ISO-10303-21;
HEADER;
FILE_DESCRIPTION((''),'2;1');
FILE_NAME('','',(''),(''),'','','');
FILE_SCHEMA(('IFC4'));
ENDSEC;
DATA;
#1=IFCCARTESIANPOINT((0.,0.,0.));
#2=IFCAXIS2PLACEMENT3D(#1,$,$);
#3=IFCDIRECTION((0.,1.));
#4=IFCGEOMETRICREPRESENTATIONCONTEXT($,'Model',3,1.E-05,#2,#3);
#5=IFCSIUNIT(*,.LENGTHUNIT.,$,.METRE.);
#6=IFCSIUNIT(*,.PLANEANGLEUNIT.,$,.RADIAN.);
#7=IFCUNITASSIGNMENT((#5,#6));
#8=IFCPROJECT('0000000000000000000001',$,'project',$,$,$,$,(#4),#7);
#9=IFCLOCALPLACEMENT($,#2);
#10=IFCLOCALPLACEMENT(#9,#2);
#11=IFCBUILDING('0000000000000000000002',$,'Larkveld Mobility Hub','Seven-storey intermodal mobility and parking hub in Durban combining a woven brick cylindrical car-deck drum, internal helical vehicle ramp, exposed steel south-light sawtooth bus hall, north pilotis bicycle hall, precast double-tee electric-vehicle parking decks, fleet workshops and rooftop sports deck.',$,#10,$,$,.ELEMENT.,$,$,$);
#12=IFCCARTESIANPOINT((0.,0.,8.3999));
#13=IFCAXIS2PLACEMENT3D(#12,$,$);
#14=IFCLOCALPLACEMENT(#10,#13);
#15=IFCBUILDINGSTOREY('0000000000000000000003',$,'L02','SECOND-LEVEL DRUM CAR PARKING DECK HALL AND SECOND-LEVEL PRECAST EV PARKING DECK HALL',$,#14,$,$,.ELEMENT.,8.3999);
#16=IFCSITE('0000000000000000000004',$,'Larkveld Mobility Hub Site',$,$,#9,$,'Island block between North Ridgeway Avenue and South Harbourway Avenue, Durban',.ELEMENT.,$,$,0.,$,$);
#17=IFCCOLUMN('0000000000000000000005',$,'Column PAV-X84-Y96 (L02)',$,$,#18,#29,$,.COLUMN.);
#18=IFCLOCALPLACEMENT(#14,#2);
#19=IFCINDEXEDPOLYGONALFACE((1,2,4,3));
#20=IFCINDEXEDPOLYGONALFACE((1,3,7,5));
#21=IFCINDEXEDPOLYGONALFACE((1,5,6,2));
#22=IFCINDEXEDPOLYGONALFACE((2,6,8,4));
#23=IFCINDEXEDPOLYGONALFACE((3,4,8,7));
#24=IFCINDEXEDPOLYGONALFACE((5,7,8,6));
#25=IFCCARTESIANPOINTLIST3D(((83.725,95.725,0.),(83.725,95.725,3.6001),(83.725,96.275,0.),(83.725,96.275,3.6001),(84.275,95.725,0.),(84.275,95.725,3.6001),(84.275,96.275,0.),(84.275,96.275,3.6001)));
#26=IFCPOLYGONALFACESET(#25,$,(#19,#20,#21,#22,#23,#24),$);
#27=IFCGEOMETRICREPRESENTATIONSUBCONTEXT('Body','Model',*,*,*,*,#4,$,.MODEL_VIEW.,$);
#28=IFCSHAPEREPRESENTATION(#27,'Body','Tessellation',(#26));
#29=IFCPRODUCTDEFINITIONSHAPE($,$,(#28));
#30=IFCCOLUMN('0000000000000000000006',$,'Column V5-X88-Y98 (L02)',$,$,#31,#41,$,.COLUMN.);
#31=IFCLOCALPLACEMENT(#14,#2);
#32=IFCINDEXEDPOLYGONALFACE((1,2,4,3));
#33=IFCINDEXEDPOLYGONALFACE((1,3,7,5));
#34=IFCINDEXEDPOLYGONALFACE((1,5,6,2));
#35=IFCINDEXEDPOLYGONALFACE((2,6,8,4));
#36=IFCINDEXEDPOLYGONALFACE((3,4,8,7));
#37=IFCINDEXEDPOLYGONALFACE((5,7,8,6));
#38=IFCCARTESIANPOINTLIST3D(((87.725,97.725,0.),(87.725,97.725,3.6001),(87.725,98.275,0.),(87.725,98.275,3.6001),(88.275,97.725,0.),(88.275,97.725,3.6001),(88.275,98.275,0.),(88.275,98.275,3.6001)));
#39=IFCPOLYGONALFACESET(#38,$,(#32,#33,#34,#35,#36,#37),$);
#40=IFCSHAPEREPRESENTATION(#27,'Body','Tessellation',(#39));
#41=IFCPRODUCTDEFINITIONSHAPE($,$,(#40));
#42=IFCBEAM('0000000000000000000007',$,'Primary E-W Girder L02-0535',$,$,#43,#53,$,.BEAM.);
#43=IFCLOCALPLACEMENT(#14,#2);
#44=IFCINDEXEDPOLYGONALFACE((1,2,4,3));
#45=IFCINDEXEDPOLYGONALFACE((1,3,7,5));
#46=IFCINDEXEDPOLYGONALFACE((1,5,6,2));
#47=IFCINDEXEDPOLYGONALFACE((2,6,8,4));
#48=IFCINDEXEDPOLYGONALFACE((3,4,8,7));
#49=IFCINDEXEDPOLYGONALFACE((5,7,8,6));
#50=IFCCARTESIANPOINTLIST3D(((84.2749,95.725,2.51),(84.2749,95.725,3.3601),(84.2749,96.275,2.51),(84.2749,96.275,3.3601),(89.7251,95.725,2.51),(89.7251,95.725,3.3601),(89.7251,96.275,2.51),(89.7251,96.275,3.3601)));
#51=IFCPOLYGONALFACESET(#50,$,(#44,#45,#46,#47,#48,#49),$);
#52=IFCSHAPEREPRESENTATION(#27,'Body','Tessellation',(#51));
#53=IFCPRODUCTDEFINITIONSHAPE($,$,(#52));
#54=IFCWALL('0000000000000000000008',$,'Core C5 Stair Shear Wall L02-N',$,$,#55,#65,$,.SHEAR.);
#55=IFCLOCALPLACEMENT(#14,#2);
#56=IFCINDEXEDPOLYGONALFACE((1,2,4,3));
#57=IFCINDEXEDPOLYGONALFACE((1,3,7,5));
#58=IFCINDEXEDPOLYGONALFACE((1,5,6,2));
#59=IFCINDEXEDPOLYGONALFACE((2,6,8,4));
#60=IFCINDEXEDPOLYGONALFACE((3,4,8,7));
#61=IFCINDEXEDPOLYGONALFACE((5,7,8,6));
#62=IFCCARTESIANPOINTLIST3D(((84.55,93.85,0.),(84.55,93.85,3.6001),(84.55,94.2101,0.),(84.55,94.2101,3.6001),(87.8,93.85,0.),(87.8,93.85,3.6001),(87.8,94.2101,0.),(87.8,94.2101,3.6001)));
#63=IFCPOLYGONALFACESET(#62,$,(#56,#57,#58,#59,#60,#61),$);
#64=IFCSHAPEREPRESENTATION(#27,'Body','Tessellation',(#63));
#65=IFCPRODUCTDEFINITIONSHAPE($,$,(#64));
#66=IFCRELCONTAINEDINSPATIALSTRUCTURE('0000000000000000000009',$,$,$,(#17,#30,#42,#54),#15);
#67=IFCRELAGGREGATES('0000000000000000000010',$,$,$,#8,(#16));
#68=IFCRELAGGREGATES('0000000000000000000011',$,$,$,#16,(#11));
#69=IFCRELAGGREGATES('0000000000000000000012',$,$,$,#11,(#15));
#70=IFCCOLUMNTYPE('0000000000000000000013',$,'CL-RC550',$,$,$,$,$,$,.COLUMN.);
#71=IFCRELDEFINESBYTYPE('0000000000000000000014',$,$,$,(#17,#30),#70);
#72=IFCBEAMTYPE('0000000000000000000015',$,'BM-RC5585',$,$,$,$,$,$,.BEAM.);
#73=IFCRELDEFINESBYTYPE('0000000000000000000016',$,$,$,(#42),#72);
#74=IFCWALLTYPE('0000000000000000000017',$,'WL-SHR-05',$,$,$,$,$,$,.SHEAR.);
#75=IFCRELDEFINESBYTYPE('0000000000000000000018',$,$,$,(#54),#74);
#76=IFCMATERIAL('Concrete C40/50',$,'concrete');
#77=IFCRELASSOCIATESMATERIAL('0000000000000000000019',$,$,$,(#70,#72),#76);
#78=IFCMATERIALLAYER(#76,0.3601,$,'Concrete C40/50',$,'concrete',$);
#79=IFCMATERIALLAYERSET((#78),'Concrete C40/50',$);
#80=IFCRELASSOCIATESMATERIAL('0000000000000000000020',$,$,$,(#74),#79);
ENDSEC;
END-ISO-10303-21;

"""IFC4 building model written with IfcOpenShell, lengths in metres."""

from ifc_helpers import new_model, si_unit, direction, frame, frame_2d, origin, origin_2d, place, context, subcontext, project, spatial, rectangle, extrude, material, layer, layer_set, material_profile, profile_set, type_object, element, save


model = new_model("IFC4")

# Units and contexts
model_context = context("Model", 3, precision=1e-05, world=origin(), true_north=direction((0.0, 1.0)))
body_context = subcontext(model_context, "Body", "Model", "MODEL_VIEW")
ifc_project = project(units=[si_unit("LENGTHUNIT", "METRE"), si_unit("PLANEANGLEUNIT", "RADIAN")], contexts=[model_context])

# Site, building, storey
site_placement = place(None, origin())
site = spatial("IfcSite", under=ifc_project, at=site_placement, Name="Larkveld Mobility Hub Site", LongName="Island block between North Ridgeway Avenue and South Harbourway Avenue, Durban", CompositionType="ELEMENT", RefElevation=0.0)
building_placement = place(site_placement, origin())
building = spatial("IfcBuilding", under=site, at=building_placement, Name="Larkveld Mobility Hub", Description="Seven-storey intermodal mobility and parking hub in Durban combining a woven brick cylindrical car-deck drum, internal helical vehicle ramp, exposed steel south-light sawtooth bus hall, north pilotis bicycle hall, precast double-tee electric-vehicle parking decks, fleet workshops and rooftop sports deck.", CompositionType="ELEMENT")
storey_placement = place(building_placement, frame((0.0, 0.0, 8.3999)))
storey = spatial("IfcBuildingStorey", under=building, at=storey_placement, Name="L02", Description="SECOND-LEVEL DRUM CAR PARKING DECK HALL AND SECOND-LEVEL PRECAST EV PARKING DECK HALL", CompositionType="ELEMENT", Elevation=8.3999)

# Columns
ifc_material_1 = material(Name="Concrete C40/50", Category="concrete")
ifc_material_profile_1 = material_profile(ifc_material_1, rectangle(XDim=0.55, YDim=0.55, at=origin_2d()), Name="RC COL 550x550")
ifc_profile_set_1 = profile_set([ifc_material_profile_1], Name="Concrete C40/50")
column_type = type_object("IfcColumnType", Name="CL-RC550", PredefinedType="COLUMN", material=ifc_profile_set_1)
for number, where, z_axis, x_axis, name in (
    (1, (84.0, 96.0, 0.0), (0.0, 0.0, 1.0), (1.0, 0.0, 0.0), "Column PAV-X84-Y96 (L02)"),
    (2, (88.0, 98.0, 0.0), (0.0, 0.0, 1.0), (1.0, 0.0, 0.0), "Column V5-X88-Y98 (L02)"),
):
    element("IfcColumn", number, at=place(storey_placement, frame(where, z_axis=z_axis, x_axis=x_axis)), inside=storey, type_object=column_type, Name=name, PredefinedType="COLUMN", context=body_context, shape_type="SweptSolid", body=[
        extrude(rectangle(XDim=0.55, YDim=0.55, at=origin_2d()), origin(), (0.0, 0.0, 1.0), 3.6001),
    ])

# Beam
ifc_material_profile_2 = material_profile(ifc_material_1, rectangle(XDim=0.55, YDim=0.8501, at=origin_2d()), Name="RC BM 550x850")
ifc_profile_set_2 = profile_set([ifc_material_profile_2], Name="Concrete C40/50")
beam_type = type_object("IfcBeamType", Name="BM-RC5585", PredefinedType="BEAM", material=ifc_profile_set_2)
beam_placement = place(storey_placement, frame((84.2749, 96.0, 2.9351), z_axis=(1.0, 0.0, 0.0), x_axis=(0.0, 1.0, 0.0)))
element("IfcBeam", 3, at=beam_placement, inside=storey, type_object=beam_type, Name="Primary E-W Girder L02-0535", PredefinedType="BEAM", context=body_context, shape_type="SweptSolid", body=[
    extrude(rectangle(XDim=0.55, YDim=0.8501, at=origin_2d()), origin(), (0.0, 0.0, 1.0), 5.4502),
])

# Shared definitions
ifc_layer_1 = layer(ifc_material_1, 0.3601, Name="Concrete C40/50", Category="concrete")
ifc_layer_set_1 = layer_set([ifc_layer_1], Name="Concrete C40/50")
wall_type_1 = type_object("IfcWallType", Name="WL-SHR-05", PredefinedType="SHEAR", material=ifc_layer_set_1)

# Wall
wall_1_placement = place(storey_placement, frame((84.55, 94.03, 0.0), z_axis=(0.0, 0.0, 1.0), x_axis=(1.0, 0.0, 0.0)))
element("IfcWall", 4, at=wall_1_placement, inside=storey, type_object=wall_type_1, Name="Core C5 Stair Shear Wall L02-N", PredefinedType="SHEAR", context=body_context, shape_type="SweptSolid", body=[
    extrude(rectangle(XDim=3.25, YDim=0.3601, at=frame_2d((1.625, 0.0))), origin(), (0.0, 0.0, 1.0), 3.6001),
])

save(model, "model.ifc")
